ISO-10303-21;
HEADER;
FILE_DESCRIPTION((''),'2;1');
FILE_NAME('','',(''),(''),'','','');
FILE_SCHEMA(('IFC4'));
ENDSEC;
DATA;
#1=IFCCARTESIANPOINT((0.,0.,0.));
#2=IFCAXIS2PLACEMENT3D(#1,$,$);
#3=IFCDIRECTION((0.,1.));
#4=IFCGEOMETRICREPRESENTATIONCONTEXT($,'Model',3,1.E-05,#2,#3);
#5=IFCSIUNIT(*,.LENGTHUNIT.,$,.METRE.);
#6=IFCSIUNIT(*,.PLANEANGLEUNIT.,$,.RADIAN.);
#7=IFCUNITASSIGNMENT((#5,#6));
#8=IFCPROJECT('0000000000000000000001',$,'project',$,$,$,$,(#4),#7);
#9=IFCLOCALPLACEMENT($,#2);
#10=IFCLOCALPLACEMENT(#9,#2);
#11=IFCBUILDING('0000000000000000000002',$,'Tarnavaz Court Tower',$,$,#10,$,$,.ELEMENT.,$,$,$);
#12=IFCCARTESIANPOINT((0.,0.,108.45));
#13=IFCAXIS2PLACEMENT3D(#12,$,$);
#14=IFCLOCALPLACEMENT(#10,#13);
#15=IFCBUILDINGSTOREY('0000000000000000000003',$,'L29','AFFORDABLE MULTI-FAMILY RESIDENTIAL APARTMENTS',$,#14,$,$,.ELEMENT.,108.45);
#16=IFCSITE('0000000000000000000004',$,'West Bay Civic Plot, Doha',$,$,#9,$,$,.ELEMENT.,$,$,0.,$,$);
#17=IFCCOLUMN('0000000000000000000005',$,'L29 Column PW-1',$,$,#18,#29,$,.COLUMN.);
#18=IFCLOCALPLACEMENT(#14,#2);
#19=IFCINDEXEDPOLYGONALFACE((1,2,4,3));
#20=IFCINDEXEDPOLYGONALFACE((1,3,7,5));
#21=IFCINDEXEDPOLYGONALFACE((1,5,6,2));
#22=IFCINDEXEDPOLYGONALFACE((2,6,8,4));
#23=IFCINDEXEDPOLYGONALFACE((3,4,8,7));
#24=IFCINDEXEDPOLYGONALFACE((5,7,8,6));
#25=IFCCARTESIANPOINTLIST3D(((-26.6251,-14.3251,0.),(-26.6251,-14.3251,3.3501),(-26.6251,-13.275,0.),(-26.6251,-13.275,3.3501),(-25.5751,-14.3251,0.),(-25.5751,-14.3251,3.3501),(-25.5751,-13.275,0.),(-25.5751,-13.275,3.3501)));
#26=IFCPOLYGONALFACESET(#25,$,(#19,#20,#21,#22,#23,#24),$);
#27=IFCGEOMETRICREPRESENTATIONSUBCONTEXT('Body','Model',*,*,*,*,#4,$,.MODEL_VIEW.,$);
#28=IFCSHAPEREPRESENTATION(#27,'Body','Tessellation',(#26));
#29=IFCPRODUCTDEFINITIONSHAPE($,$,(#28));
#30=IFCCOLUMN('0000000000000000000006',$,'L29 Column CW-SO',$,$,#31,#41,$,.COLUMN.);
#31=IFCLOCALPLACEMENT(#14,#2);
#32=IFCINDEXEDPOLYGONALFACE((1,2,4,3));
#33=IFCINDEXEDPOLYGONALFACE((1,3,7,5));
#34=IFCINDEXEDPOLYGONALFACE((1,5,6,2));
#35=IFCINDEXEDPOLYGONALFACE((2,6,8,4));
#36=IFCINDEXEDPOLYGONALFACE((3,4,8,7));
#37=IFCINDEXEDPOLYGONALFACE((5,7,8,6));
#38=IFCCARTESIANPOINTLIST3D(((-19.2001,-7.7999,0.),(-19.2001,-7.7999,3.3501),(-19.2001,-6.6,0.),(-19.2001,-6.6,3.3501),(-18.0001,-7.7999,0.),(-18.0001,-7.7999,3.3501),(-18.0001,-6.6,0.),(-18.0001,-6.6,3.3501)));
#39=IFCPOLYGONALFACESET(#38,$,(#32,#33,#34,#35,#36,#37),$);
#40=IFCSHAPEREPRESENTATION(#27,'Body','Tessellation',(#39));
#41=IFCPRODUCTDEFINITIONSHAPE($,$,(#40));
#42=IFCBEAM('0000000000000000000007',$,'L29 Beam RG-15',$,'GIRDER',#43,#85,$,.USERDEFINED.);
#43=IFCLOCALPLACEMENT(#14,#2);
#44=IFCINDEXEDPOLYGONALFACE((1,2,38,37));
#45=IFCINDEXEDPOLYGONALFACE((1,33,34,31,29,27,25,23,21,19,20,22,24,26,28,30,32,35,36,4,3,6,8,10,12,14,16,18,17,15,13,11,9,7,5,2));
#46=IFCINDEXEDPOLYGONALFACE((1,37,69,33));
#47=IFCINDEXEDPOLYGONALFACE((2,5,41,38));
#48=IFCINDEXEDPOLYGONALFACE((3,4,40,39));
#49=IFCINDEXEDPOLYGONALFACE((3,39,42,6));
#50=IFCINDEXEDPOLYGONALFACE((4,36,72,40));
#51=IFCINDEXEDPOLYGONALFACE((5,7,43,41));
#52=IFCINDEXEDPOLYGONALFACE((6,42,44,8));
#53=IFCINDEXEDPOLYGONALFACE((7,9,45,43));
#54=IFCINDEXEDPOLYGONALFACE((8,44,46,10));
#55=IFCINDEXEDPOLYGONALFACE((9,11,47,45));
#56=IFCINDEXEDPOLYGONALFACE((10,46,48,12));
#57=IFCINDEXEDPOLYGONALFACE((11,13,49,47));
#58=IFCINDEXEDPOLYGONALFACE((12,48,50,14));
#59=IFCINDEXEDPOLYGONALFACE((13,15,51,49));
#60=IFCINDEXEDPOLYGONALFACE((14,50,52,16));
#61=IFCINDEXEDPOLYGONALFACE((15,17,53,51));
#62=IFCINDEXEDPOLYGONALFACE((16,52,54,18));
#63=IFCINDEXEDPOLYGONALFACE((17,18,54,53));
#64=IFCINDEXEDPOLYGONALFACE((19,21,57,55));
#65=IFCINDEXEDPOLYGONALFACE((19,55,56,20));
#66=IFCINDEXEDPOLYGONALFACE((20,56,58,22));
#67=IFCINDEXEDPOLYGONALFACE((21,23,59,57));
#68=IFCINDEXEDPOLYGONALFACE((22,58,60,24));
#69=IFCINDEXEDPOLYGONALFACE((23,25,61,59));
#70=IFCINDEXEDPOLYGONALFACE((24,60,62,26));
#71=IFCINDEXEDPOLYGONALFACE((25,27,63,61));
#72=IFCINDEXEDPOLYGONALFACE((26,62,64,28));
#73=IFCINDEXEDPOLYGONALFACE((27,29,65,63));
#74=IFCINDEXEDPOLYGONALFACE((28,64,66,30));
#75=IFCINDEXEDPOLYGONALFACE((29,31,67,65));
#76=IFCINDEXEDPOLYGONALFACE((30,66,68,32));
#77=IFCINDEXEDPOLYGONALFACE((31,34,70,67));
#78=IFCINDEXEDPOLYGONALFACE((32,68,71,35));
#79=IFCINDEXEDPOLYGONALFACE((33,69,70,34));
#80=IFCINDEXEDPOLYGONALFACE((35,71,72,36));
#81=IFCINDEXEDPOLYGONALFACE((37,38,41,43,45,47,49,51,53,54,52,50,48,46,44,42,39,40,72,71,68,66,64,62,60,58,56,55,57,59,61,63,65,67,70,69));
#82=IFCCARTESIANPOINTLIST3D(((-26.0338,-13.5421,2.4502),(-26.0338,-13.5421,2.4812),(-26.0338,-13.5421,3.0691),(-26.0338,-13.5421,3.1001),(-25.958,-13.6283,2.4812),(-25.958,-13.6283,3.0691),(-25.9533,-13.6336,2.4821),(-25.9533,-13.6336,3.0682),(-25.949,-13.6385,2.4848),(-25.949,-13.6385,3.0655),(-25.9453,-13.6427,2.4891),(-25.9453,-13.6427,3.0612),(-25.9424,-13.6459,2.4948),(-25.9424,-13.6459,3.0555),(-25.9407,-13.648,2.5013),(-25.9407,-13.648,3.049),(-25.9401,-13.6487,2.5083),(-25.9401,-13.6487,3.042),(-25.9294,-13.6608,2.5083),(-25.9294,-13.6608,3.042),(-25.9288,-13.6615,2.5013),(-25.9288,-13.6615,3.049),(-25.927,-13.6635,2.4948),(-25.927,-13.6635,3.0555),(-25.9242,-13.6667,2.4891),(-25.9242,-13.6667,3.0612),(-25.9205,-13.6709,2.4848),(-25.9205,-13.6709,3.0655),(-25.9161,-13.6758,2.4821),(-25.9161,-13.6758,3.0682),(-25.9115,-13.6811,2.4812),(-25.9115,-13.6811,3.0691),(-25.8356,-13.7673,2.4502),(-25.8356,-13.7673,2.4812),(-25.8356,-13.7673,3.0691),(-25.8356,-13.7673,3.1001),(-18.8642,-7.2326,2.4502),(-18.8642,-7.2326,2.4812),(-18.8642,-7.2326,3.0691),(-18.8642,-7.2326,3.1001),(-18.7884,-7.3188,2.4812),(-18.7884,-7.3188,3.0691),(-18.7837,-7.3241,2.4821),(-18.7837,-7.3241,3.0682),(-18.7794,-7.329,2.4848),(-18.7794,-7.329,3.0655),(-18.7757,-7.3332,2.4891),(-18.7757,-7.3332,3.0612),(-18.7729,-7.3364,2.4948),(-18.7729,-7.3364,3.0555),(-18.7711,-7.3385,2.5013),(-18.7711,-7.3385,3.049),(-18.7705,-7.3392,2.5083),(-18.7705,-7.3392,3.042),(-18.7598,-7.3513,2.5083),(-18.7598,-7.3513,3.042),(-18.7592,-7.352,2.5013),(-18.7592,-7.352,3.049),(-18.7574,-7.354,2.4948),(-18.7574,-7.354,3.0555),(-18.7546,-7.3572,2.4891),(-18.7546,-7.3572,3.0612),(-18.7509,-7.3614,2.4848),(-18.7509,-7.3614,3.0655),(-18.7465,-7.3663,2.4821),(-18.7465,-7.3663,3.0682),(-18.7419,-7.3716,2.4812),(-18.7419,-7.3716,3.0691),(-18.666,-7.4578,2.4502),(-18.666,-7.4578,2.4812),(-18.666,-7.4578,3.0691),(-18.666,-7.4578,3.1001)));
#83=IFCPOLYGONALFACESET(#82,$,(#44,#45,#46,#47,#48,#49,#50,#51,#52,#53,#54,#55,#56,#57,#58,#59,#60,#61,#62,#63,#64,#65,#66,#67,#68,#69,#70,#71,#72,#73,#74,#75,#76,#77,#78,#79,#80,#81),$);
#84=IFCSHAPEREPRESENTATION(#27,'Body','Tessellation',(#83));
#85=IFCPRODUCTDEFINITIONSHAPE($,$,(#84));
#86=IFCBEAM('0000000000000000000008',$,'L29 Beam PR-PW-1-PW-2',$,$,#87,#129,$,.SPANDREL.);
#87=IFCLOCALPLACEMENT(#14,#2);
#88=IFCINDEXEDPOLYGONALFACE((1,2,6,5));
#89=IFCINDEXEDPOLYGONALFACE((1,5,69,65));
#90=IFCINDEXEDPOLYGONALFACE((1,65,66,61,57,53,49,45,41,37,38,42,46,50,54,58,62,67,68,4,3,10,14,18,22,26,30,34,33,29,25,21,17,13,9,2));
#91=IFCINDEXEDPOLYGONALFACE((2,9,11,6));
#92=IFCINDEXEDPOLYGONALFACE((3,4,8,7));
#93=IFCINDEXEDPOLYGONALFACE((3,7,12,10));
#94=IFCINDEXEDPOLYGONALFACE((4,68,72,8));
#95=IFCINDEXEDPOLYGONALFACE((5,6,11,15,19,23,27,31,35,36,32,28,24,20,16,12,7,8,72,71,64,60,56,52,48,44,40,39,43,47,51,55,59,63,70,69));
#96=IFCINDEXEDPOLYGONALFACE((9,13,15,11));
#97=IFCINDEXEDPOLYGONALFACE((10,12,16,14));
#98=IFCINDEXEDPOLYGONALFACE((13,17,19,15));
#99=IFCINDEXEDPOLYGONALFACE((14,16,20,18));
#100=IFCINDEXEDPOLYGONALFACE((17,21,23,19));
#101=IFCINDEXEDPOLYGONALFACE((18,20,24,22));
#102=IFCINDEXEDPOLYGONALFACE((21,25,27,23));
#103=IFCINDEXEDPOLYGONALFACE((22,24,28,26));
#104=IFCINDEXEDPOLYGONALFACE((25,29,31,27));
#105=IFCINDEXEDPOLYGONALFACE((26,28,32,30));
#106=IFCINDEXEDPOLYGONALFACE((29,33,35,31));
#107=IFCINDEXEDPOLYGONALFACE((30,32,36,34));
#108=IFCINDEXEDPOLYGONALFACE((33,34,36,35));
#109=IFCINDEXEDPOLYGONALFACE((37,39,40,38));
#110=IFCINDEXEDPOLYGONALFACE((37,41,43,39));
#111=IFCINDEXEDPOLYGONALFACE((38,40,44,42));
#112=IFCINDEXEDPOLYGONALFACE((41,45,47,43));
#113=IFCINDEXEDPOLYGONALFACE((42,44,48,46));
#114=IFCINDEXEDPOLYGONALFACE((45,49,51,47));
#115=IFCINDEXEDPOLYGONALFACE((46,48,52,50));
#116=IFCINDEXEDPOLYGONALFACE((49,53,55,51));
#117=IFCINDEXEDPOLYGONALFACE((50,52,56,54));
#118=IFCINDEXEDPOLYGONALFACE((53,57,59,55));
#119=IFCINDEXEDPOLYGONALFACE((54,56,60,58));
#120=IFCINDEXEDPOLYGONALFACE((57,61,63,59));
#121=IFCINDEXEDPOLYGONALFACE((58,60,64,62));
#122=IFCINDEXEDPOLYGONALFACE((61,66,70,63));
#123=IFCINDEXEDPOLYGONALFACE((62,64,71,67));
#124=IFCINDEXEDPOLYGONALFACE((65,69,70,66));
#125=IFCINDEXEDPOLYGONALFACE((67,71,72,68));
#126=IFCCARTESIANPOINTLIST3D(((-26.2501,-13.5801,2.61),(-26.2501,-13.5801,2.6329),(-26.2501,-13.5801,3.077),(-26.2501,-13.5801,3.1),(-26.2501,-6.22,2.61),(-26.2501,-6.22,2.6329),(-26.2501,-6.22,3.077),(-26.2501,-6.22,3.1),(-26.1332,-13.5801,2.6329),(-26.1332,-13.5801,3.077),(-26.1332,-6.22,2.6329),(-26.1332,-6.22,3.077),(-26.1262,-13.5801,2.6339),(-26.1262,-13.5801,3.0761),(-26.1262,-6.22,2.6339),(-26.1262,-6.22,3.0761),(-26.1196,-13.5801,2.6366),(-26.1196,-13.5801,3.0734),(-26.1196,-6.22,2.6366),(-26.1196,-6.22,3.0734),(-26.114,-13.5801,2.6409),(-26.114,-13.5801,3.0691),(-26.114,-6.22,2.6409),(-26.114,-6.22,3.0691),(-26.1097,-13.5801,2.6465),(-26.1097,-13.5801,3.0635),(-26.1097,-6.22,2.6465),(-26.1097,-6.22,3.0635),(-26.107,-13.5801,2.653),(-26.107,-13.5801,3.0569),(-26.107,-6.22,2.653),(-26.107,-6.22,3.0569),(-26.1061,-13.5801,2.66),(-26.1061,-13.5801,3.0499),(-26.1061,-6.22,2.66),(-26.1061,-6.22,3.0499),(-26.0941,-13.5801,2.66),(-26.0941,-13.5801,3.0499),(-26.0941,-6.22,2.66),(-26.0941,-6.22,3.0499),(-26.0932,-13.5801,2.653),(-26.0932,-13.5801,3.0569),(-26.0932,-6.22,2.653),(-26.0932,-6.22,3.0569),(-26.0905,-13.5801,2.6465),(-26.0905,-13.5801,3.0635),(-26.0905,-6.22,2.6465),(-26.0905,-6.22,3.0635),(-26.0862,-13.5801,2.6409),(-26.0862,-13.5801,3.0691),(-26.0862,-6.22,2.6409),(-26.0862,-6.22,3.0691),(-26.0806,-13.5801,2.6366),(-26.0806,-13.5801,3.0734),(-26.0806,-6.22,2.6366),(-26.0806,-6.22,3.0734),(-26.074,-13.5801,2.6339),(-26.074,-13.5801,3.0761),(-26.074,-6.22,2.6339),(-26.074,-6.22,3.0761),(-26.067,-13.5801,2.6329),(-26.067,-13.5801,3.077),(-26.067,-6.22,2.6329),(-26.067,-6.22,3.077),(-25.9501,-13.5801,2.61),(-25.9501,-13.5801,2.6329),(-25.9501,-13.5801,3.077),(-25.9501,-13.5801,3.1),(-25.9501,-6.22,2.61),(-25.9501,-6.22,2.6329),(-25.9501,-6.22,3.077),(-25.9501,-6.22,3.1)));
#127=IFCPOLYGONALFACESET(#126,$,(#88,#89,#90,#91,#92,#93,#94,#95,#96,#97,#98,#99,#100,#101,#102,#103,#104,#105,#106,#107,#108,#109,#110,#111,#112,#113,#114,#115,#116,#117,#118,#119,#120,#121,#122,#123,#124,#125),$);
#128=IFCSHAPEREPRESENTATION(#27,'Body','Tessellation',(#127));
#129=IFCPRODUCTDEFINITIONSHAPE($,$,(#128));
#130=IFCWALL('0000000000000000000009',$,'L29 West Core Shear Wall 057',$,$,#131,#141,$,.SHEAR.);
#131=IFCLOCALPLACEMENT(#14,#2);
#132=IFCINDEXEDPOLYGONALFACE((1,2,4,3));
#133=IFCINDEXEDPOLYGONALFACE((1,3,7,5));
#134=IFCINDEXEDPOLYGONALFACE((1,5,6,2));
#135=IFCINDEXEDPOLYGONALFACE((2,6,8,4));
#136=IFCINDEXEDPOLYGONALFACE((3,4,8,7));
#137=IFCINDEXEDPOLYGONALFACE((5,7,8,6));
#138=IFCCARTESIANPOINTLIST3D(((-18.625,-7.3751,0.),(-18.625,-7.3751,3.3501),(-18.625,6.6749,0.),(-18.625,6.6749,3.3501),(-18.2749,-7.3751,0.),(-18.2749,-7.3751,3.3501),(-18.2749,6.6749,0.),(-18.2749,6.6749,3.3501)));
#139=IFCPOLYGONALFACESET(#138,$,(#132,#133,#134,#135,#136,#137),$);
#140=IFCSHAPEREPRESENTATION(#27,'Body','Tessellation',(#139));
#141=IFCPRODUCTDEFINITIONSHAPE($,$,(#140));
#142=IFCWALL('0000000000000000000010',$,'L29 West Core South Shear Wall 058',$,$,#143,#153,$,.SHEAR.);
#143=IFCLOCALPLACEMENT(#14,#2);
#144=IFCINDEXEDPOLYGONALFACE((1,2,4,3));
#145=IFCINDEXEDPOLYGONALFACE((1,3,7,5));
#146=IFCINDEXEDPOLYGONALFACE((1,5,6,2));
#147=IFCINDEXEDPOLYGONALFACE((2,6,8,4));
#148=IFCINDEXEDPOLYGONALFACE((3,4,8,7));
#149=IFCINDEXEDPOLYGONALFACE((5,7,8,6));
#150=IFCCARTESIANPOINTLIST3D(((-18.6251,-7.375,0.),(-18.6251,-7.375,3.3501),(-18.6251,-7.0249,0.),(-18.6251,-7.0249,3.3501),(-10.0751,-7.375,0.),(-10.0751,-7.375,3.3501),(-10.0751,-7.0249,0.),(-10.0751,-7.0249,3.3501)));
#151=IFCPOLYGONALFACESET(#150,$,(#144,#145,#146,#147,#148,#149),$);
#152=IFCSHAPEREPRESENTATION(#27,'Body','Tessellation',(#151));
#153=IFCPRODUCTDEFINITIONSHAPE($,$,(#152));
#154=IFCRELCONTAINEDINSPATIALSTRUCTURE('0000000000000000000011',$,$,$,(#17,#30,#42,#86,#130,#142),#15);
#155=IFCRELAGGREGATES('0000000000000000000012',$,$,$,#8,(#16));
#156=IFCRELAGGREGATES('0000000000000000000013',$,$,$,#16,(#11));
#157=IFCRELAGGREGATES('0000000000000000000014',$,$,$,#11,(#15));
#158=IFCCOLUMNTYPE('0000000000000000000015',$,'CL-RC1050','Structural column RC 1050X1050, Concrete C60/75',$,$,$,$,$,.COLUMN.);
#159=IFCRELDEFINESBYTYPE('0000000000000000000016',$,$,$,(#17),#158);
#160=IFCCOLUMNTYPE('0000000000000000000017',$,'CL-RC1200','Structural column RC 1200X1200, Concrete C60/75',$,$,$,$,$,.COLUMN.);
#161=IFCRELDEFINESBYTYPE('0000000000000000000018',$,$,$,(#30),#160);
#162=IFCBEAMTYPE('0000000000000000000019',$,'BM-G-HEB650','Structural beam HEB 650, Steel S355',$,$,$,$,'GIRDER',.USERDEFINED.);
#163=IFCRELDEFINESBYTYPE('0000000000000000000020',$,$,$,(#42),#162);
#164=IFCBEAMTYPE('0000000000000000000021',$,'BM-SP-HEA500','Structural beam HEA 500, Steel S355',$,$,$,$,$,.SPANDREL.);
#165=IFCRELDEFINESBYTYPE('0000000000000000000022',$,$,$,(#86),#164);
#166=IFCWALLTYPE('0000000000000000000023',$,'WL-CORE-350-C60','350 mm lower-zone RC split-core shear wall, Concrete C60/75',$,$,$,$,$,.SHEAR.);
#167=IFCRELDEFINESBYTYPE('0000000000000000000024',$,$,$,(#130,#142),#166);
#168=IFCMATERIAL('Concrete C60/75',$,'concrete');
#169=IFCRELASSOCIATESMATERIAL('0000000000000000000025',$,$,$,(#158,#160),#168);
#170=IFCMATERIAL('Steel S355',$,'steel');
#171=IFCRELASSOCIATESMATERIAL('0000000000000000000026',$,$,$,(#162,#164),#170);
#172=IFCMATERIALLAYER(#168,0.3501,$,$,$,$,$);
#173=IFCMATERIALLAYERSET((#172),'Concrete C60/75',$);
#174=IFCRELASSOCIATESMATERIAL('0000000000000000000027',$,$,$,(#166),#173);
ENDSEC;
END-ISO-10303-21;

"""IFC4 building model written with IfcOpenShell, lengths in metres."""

from ifc_helpers import new_model, si_unit, direction, frame, frame_2d, origin, origin_2d, place, context, subcontext, project, spatial, rectangle, i_section, extrude, material, layer, layer_set, material_profile, profile_set, type_object, element, save


model = new_model("IFC4")

# Units and contexts
model_context = context("Model", 3, precision=1e-05, world=origin(), true_north=direction((0.0, 1.0)))
body_context = subcontext(model_context, "Body", "Model", "MODEL_VIEW")
ifc_project = project(units=[si_unit("LENGTHUNIT", "METRE"), si_unit("PLANEANGLEUNIT", "RADIAN")], contexts=[model_context])

# Site, building, storey
site_placement = place(None, origin())
site = spatial("IfcSite", under=ifc_project, at=site_placement, Name="West Bay Civic Plot, Doha", CompositionType="ELEMENT", RefElevation=0.0)
building_placement = place(site_placement, origin())
building = spatial("IfcBuilding", under=site, at=building_placement, Name="Tarnavaz Court Tower", CompositionType="ELEMENT")
storey_placement = place(building_placement, frame((0.0, 0.0, 108.45)))
storey = spatial("IfcBuildingStorey", under=building, at=storey_placement, Name="L29", Description="AFFORDABLE MULTI-FAMILY RESIDENTIAL APARTMENTS", CompositionType="ELEMENT", Elevation=108.45)

# Columns
ifc_material_1 = material(Name="Concrete C60/75", Category="concrete")
ifc_material_profile_1 = material_profile(ifc_material_1, rectangle(XDim=1.05, YDim=1.05, at=origin_2d()), Name="RC 1050X1050")
ifc_profile_set_1 = profile_set([ifc_material_profile_1], Name="Concrete C60/75")
column_type_1 = type_object("IfcColumnType", Name="CL-RC1050", Description="Structural column RC 1050X1050, Concrete C60/75", PredefinedType="COLUMN", material=ifc_profile_set_1)
column_1_placement = place(storey_placement, frame((-26.1001, -13.8, 0.0), z_axis=(0.0, 0.0, 1.0), x_axis=(1.0, 0.0, 0.0)))
element("IfcColumn", 1, at=column_1_placement, inside=storey, type_object=column_type_1, Name="L29 Column PW-1", PredefinedType="COLUMN", context=body_context, shape_type="SweptSolid", body=[
    extrude(rectangle(XDim=1.05, YDim=1.05, at=origin_2d()), origin(), (0.0, 0.0, 1.0), 3.3501),
])
ifc_material_profile_2 = material_profile(ifc_material_1, rectangle(XDim=1.2, YDim=1.2, at=origin_2d()), Name="RC 1200X1200")
ifc_profile_set_2 = profile_set([ifc_material_profile_2], Name="Concrete C60/75")
column_type_2 = type_object("IfcColumnType", Name="CL-RC1200", Description="Structural column RC 1200X1200, Concrete C60/75", PredefinedType="COLUMN", material=ifc_profile_set_2)
column_2_placement = place(storey_placement, frame((-18.6001, -7.2, 0.0), z_axis=(0.0, 0.0, 1.0), x_axis=(1.0, 0.0, 0.0)))
element("IfcColumn", 2, at=column_2_placement, inside=storey, type_object=column_type_2, Name="L29 Column CW-SO", PredefinedType="COLUMN", context=body_context, shape_type="SweptSolid", body=[
    extrude(rectangle(XDim=1.2, YDim=1.2, at=origin_2d()), origin(), (0.0, 0.0, 1.0), 3.3501),
])

# Beams
ifc_material_2 = material(Name="Steel S355", Category="steel")
ifc_material_profile_3 = material_profile(ifc_material_2, i_section(OverallWidth=0.3, OverallDepth=0.6499, WebThickness=0.0161, FlangeThickness=0.031, FilletRadius=0.0271, at=origin_2d()), Name="HEB 650")
ifc_profile_set_3 = profile_set([ifc_material_profile_3], Name="Steel S355")
beam_type_1 = type_object("IfcBeamType", Name="BM-G-HEB650", Description="Structural beam HEB 650, Steel S355", ElementType="GIRDER", PredefinedType="USERDEFINED", material=ifc_profile_set_3)
beam_1_placement = place(storey_placement, frame((-18.7651, -7.3452, 2.7751), z_axis=(-0.7507, -0.660643, 0.0), x_axis=(0.660643, -0.7507, 0.0)))
element("IfcBeam", 3, at=beam_1_placement, inside=storey, type_object=beam_type_1, Name="L29 Beam RG-15", ObjectType="GIRDER", PredefinedType="USERDEFINED", context=body_context, shape_type="SweptSolid", body=[
    extrude(i_section(OverallWidth=0.3, OverallDepth=0.6499, WebThickness=0.0161, FlangeThickness=0.031, FilletRadius=0.0271, at=origin_2d()), origin(), (0.0, 0.0, 1.0), 9.5505),
])
ifc_material_profile_4 = material_profile(ifc_material_2, i_section(OverallWidth=0.3, OverallDepth=0.49, WebThickness=0.012, FlangeThickness=0.0229, FilletRadius=0.0271, at=origin_2d()), Name="HEA 500")
ifc_profile_set_4 = profile_set([ifc_material_profile_4], Name="Steel S355")
beam_type_2 = type_object("IfcBeamType", Name="BM-SP-HEA500", Description="Structural beam HEA 500, Steel S355", PredefinedType="SPANDREL", material=ifc_profile_set_4)
beam_2_placement = place(storey_placement, frame((-26.1001, -13.5801, 2.855), z_axis=(0.0, 1.0, 0.0), x_axis=(-1.0, 0.0, 0.0)))
element("IfcBeam", 4, at=beam_2_placement, inside=storey, type_object=beam_type_2, Name="L29 Beam PR-PW-1-PW-2", PredefinedType="SPANDREL", context=body_context, shape_type="SweptSolid", body=[
    extrude(i_section(OverallWidth=0.3, OverallDepth=0.49, WebThickness=0.012, FlangeThickness=0.0229, FilletRadius=0.0271, at=origin_2d()), origin(), (0.0, 0.0, 1.0), 7.3601),
])

# Walls
ifc_layer_1 = layer(ifc_material_1, 0.3501)
ifc_layer_set_1 = layer_set([ifc_layer_1], Name="Concrete C60/75")
wall_type_1 = type_object("IfcWallType", Name="WL-CORE-350-C60", Description="350 mm lower-zone RC split-core shear wall, Concrete C60/75", PredefinedType="SHEAR", material=ifc_layer_set_1)
wall_1_placement = place(storey_placement, frame((-18.45, -7.375, 0.0), z_axis=(0.0, 0.0, 1.0), x_axis=(0.0, 1.0, 0.0)))
element("IfcWall", 5, at=wall_1_placement, inside=storey, type_object=wall_type_1, Name="L29 West Core Shear Wall 057", PredefinedType="SHEAR", context=body_context, shape_type="SweptSolid", body=[
    extrude(rectangle(XDim=14.05, YDim=0.3501, at=frame_2d((7.0249, 0.0))), origin(), (0.0, 0.0, 1.0), 3.3501),
])
wall_2_placement = place(storey_placement, frame((-18.625, -7.2, 0.0), z_axis=(0.0, 0.0, 1.0), x_axis=(1.0, 0.0, 0.0)))
element("IfcWall", 6, at=wall_2_placement, inside=storey, type_object=wall_type_1, Name="L29 West Core South Shear Wall 058", PredefinedType="SHEAR", context=body_context, shape_type="SweptSolid", body=[
    extrude(rectangle(XDim=8.55, YDim=0.3501, at=frame_2d((4.2749, 0.0))), origin(), (0.0, 0.0, 1.0), 3.3501),
])

save(model, "model.ifc")
